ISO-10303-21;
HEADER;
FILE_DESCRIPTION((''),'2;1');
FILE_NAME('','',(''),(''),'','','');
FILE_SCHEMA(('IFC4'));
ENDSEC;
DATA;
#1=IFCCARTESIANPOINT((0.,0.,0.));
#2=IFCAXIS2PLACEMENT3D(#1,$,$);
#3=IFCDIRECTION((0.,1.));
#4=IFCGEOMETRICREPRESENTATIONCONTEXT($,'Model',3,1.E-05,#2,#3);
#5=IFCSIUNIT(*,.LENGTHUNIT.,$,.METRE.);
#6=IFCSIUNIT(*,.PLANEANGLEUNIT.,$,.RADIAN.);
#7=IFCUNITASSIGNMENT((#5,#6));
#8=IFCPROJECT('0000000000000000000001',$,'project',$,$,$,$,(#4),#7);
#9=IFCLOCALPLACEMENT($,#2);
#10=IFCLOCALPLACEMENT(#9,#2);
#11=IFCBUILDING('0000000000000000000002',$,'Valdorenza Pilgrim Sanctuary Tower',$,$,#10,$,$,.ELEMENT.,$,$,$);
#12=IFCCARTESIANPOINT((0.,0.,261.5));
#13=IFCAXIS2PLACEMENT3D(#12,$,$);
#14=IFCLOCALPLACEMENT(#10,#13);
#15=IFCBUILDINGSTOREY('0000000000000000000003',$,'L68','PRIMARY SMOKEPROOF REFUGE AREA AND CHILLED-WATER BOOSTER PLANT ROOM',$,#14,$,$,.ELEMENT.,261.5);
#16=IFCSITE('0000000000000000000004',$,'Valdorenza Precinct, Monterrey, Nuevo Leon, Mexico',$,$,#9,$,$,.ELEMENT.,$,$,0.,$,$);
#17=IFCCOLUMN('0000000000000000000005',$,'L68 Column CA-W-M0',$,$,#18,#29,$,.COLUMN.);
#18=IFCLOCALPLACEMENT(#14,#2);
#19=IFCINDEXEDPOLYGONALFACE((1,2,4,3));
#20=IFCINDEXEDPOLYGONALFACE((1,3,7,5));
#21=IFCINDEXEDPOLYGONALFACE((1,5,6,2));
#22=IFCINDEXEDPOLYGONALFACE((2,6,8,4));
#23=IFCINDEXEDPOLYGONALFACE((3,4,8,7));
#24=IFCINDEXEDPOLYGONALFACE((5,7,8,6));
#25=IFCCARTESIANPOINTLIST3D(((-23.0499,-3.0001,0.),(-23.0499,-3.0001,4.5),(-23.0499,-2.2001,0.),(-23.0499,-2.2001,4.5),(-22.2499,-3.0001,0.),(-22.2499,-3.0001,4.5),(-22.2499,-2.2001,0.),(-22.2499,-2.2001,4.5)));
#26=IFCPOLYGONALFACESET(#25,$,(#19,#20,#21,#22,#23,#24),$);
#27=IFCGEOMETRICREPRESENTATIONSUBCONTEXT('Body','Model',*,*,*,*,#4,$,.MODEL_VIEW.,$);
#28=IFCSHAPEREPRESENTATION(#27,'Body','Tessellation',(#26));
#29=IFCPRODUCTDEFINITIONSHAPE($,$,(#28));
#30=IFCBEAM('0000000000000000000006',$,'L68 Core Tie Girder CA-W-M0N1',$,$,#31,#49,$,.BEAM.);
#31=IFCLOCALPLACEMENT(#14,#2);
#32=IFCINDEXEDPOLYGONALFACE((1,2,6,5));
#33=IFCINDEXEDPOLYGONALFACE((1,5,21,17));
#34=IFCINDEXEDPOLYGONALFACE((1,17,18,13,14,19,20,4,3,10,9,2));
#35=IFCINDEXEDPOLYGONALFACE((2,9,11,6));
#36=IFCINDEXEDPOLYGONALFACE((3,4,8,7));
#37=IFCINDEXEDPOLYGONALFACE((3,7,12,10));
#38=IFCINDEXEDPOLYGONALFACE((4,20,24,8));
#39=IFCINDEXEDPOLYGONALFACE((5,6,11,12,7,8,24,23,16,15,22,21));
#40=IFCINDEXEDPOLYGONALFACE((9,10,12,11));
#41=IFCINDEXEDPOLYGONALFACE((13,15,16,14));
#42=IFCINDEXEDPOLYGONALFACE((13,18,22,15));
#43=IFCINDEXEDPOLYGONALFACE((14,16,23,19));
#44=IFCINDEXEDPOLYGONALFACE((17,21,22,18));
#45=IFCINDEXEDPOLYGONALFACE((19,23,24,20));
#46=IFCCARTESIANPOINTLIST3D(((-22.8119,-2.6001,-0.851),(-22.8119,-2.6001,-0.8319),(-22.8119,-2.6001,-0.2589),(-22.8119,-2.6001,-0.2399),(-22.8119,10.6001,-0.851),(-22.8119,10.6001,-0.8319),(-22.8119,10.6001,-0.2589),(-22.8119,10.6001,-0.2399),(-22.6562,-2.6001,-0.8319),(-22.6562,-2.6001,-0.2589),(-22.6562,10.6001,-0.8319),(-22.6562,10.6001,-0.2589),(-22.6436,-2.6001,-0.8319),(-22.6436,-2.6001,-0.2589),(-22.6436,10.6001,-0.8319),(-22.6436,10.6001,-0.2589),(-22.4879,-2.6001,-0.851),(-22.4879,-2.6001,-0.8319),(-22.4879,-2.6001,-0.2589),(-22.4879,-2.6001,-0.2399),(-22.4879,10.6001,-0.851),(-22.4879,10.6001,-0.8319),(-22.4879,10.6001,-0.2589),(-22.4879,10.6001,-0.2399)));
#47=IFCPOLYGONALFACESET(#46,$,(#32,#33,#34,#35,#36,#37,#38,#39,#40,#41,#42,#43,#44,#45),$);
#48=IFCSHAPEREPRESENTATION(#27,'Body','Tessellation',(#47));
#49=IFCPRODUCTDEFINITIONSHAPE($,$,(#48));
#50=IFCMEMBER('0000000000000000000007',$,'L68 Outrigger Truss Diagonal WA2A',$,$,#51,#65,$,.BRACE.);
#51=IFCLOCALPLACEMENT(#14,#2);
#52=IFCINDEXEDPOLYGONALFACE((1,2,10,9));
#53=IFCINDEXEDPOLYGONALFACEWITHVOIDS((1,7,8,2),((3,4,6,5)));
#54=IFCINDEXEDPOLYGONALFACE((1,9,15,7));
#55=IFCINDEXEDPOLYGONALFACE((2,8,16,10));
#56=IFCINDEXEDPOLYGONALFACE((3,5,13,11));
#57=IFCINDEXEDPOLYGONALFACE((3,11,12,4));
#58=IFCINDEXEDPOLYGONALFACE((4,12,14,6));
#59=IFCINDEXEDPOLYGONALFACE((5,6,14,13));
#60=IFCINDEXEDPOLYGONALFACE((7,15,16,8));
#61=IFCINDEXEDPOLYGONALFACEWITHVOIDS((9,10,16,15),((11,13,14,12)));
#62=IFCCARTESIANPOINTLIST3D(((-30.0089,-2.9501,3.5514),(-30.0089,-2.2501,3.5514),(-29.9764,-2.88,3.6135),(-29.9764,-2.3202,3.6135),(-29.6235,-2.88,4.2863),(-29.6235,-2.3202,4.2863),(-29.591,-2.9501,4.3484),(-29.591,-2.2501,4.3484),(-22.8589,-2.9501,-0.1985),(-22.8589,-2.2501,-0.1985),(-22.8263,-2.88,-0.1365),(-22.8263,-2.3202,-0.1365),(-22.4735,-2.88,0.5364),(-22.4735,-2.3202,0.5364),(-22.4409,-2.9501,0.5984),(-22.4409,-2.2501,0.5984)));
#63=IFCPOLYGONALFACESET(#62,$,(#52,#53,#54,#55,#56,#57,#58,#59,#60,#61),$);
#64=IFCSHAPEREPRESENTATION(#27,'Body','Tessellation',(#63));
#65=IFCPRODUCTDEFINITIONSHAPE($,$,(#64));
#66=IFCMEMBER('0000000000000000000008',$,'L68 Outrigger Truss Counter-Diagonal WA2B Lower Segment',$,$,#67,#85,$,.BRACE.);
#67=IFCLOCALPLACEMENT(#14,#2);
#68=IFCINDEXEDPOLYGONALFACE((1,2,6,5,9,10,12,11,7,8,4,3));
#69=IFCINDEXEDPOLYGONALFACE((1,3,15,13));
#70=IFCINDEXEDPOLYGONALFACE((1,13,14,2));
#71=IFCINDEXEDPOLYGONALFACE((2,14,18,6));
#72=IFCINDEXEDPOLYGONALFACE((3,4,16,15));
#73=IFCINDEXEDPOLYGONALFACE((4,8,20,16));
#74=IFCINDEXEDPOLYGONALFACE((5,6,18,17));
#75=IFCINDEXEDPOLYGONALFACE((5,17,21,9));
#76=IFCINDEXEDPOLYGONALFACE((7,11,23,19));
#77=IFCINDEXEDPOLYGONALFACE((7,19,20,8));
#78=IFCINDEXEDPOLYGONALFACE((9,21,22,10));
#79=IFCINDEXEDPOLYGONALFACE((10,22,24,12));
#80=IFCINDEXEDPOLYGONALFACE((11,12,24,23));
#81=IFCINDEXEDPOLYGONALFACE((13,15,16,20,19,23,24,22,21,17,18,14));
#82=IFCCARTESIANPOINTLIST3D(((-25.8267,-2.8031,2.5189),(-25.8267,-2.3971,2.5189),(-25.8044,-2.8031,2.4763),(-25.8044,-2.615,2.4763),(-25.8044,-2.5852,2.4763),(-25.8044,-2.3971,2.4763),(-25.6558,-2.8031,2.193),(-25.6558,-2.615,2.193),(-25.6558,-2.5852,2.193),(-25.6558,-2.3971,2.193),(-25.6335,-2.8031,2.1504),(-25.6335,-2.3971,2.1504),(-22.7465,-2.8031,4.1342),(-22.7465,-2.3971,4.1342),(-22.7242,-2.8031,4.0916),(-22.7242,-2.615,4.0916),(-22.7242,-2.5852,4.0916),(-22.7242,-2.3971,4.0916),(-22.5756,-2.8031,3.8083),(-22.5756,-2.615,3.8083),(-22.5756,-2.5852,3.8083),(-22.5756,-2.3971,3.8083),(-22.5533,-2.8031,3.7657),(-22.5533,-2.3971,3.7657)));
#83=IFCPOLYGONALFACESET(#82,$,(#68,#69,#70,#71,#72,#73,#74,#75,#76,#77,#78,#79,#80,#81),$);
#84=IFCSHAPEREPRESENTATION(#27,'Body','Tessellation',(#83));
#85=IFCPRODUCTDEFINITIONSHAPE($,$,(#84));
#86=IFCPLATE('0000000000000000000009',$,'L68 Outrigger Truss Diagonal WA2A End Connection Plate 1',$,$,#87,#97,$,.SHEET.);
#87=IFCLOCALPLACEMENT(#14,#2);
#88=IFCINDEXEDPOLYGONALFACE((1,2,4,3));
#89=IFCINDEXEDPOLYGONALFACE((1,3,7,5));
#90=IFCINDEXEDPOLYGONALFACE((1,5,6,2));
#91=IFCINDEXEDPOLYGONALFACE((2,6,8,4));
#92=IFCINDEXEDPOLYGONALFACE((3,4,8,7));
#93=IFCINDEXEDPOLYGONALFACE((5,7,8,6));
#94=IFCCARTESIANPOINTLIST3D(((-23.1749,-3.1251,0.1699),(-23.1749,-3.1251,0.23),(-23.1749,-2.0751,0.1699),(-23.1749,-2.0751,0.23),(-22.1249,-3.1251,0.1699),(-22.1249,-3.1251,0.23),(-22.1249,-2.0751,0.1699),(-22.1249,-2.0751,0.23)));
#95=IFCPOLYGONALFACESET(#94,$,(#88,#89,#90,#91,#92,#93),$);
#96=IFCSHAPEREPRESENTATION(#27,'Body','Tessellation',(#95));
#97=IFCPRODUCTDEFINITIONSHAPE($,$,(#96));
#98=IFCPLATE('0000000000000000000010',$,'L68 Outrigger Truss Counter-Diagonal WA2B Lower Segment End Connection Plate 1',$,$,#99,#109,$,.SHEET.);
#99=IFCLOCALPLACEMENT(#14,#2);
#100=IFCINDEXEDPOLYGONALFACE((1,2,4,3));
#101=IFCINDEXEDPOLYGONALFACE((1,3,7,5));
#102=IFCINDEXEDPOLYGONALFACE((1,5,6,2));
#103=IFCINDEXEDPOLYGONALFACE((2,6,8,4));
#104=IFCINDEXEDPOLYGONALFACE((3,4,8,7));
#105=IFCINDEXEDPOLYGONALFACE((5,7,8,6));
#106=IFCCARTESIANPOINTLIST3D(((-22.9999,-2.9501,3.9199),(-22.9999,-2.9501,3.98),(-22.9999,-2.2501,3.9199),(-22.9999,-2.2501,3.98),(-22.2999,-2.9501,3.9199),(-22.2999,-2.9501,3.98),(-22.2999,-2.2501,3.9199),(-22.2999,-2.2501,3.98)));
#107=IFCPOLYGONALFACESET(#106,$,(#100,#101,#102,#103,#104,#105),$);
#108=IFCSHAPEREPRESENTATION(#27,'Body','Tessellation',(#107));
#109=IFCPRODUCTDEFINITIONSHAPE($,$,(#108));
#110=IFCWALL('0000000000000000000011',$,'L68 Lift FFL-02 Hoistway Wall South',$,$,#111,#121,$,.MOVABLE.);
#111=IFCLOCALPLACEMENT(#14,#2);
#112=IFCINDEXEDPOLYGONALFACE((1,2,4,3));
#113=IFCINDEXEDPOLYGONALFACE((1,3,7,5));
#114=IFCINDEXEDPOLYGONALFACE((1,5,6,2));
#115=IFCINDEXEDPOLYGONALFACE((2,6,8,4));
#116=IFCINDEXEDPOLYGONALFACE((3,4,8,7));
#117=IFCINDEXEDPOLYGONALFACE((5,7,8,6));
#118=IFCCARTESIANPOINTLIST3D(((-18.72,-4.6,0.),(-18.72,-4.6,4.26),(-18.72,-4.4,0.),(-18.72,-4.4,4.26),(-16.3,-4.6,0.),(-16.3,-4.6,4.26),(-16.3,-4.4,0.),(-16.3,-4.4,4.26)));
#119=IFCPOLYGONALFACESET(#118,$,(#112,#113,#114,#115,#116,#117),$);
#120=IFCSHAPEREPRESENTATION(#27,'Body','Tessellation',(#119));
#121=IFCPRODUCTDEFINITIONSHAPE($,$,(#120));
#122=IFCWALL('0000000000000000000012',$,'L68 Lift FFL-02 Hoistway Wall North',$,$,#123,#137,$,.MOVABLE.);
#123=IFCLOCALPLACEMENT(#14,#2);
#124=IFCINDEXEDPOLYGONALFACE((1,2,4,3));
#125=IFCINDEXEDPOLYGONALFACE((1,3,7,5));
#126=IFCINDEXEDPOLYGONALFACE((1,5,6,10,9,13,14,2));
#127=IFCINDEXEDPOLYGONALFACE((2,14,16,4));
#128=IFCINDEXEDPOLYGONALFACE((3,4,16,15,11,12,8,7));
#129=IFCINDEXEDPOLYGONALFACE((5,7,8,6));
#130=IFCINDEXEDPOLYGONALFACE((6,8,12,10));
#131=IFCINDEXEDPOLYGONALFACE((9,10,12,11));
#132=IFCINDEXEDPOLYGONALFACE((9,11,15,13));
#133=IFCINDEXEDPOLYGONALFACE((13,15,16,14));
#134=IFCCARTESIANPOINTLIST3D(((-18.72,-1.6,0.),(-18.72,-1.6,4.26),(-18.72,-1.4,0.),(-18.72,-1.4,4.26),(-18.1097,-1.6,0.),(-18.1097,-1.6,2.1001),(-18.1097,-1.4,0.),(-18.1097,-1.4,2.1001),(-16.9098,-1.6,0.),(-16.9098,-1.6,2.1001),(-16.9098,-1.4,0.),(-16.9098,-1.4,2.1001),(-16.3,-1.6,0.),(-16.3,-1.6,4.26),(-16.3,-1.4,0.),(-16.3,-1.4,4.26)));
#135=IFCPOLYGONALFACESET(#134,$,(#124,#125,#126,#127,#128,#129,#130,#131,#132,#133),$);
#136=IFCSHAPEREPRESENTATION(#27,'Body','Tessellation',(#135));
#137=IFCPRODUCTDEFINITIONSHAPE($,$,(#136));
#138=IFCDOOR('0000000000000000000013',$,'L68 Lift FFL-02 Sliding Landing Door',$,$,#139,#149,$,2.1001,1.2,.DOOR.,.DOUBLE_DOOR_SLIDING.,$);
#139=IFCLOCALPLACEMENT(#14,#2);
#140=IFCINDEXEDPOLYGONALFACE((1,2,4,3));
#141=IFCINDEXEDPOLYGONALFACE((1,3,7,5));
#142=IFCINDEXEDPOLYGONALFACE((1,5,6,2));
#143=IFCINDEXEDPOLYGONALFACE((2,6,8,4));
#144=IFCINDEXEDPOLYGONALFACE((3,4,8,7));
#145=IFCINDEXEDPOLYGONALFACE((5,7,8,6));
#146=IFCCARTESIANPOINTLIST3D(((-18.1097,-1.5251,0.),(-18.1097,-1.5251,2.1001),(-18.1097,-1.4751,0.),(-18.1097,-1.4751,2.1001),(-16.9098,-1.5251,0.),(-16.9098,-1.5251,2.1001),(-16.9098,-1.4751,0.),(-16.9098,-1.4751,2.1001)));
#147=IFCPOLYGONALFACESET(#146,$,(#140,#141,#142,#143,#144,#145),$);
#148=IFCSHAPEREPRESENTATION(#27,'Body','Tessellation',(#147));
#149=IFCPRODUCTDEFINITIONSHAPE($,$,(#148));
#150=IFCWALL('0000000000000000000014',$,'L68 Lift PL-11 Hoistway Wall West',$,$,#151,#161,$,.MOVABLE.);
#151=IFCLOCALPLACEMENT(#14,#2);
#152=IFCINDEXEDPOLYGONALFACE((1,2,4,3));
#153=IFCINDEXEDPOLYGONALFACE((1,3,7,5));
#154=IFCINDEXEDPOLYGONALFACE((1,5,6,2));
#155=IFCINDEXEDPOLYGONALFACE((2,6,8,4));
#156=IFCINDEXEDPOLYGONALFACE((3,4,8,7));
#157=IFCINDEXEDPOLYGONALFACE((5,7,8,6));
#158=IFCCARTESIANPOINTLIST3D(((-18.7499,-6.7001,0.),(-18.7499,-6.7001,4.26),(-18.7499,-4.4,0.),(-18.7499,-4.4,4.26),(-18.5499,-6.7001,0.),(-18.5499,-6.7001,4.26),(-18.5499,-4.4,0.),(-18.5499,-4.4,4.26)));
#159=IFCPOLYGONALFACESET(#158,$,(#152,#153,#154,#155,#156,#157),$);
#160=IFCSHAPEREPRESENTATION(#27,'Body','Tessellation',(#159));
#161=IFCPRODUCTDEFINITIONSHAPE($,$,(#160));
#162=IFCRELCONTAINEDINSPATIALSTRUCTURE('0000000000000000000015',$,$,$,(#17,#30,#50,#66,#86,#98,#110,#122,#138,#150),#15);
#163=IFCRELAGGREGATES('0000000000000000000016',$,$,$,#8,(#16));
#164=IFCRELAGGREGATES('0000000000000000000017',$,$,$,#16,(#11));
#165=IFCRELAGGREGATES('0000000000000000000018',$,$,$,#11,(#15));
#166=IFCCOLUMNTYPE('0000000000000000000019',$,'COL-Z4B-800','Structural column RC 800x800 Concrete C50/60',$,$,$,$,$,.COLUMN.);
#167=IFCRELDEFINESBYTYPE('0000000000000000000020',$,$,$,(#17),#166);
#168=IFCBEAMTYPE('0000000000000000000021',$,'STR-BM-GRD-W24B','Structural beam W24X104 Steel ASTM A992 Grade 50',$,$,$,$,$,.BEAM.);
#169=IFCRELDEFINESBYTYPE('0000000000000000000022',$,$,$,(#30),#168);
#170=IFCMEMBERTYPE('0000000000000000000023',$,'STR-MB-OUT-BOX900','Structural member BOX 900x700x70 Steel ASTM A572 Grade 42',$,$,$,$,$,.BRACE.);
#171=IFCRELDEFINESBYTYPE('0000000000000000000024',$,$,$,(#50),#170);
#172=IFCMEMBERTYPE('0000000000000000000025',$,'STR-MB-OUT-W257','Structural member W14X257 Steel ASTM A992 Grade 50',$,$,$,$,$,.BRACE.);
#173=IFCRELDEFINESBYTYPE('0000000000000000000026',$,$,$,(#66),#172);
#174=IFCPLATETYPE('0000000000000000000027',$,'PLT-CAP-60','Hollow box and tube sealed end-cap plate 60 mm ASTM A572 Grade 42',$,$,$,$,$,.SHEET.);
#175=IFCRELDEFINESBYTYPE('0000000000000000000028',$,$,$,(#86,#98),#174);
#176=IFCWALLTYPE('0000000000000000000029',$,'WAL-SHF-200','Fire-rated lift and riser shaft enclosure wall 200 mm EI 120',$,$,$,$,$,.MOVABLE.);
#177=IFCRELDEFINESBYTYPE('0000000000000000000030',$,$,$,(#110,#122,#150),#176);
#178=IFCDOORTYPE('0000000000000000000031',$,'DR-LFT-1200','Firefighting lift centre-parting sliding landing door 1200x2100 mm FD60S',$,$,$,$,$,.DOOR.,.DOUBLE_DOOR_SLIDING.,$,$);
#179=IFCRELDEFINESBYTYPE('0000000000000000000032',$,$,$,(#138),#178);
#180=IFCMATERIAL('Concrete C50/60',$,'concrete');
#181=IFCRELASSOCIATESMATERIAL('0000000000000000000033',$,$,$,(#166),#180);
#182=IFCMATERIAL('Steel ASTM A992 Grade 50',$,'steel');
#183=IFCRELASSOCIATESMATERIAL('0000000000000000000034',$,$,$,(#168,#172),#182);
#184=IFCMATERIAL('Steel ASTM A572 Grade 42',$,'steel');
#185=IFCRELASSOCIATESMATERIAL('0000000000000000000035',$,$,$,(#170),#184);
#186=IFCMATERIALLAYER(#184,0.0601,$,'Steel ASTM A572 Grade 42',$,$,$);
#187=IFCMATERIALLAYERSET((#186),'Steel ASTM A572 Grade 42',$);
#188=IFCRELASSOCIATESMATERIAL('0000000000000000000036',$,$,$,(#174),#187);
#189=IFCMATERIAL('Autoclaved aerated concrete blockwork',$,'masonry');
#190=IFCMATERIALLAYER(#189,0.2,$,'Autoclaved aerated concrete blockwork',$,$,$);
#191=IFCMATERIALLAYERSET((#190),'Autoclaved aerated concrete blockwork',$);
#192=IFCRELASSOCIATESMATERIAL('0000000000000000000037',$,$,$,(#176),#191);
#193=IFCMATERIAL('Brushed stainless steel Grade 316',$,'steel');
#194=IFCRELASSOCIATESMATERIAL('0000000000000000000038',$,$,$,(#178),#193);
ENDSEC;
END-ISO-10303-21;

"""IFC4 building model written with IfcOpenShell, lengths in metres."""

from ifc_helpers import new_model, si_unit, direction, frame, frame_2d, origin, origin_2d, place, context, subcontext, project, spatial, rectangle, hollow_rectangle, i_section, extrude, source, transform, mapped, material, layer, layer_set, material_profile, profile_set, type_object, element, fill, save


model = new_model("IFC4")

# Units and contexts
model_context = context("Model", 3, precision=1e-05, world=origin(), true_north=direction((0.0, 1.0)))
body_context = subcontext(model_context, "Body", "Model", "MODEL_VIEW")
ifc_project = project(units=[si_unit("LENGTHUNIT", "METRE"), si_unit("PLANEANGLEUNIT", "RADIAN")], contexts=[model_context])

# Site, building, storey
site_placement = place(None, origin())
site = spatial("IfcSite", under=ifc_project, at=site_placement, Name="Valdorenza Precinct, Monterrey, Nuevo Leon, Mexico", CompositionType="ELEMENT", RefElevation=0.0)
building_placement = place(site_placement, origin())
building = spatial("IfcBuilding", under=site, at=building_placement, Name="Valdorenza Pilgrim Sanctuary Tower", CompositionType="ELEMENT")
storey_placement = place(building_placement, frame((0.0, 0.0, 261.5)))
storey = spatial("IfcBuildingStorey", under=building, at=storey_placement, Name="L68", Description="PRIMARY SMOKEPROOF REFUGE AREA AND CHILLED-WATER BOOSTER PLANT ROOM", CompositionType="ELEMENT", Elevation=261.5)

# Column
ifc_material_1 = material(Name="Concrete C50/60", Category="concrete")
ifc_material_profile_1 = material_profile(ifc_material_1, rectangle(XDim=0.8, YDim=0.8, at=origin_2d()), Name="RC 800x800")
ifc_profile_set_1 = profile_set([ifc_material_profile_1], Name="Concrete C50/60")
column_type = type_object("IfcColumnType", Name="COL-Z4B-800", Description="Structural column RC 800x800 Concrete C50/60", PredefinedType="COLUMN", material=ifc_profile_set_1)
shared_shape_1 = source(origin(), body_context, "Body", "SweptSolid", [
    extrude(rectangle(XDim=0.8, YDim=0.8, at=origin_2d()), origin(), (0.0, 0.0, 1.0), 4.5),
])
column_placement = place(storey_placement, frame((-22.6499, -2.6001, 0.0), z_axis=(0.0, 0.0, 1.0), x_axis=(1.0, 0.0, 0.0)))
element("IfcColumn", 1, at=column_placement, inside=storey, type_object=column_type, Name="L68 Column CA-W-M0", PredefinedType="COLUMN", context=body_context, shape_type="MappedRepresentation", body=[
    mapped(shared_shape_1, transform((0.0, 0.0, 0.0), x_axis=(1.0, 0.0, 0.0), y_axis=(0.0, 1.0, 0.0), z_axis=(0.0, 0.0, 1.0), scale=1.0)),
])

# Beam
ifc_material_2 = material(Name="Steel ASTM A992 Grade 50", Category="steel")
ifc_material_profile_2 = material_profile(ifc_material_2, i_section(OverallWidth=0.324, OverallDepth=0.6111, WebThickness=0.0127, FlangeThickness=0.019, at=origin_2d()), Name="W24X104")
ifc_profile_set_2 = profile_set([ifc_material_profile_2], Name="Steel ASTM A992 Grade 50")
beam_type = type_object("IfcBeamType", Name="STR-BM-GRD-W24B", Description="Structural beam W24X104 Steel ASTM A992 Grade 50", PredefinedType="BEAM", material=ifc_profile_set_2)
shared_shape_2 = source(origin(), body_context, "Body", "SweptSolid", [
    extrude(i_section(OverallWidth=0.324, OverallDepth=0.6111, WebThickness=0.0127, FlangeThickness=0.019, at=origin_2d()), origin(), (0.0, 0.0, 1.0), 13.2002),
])
beam_placement = place(storey_placement, frame((-22.6499, -2.6001, -0.5454), z_axis=(0.0, 1.0, 0.0), x_axis=(-1.0, 0.0, 0.0)))
element("IfcBeam", 2, at=beam_placement, inside=storey, type_object=beam_type, Name="L68 Core Tie Girder CA-W-M0N1", PredefinedType="BEAM", context=body_context, shape_type="MappedRepresentation", body=[
    mapped(shared_shape_2, transform((0.0, 0.0, 0.0), x_axis=(1.0, 0.0, 0.0), y_axis=(0.0, 1.0, 0.0), z_axis=(0.0, 0.0, 1.0), scale=1.0)),
])

# Members
ifc_material_3 = material(Name="Steel ASTM A572 Grade 42", Category="steel")
ifc_material_profile_3 = material_profile(ifc_material_3, hollow_rectangle(XDim=0.7, YDim=0.8999, WallThickness=0.0701, at=origin_2d()), Name="BOX 900x700x70")
ifc_profile_set_3 = profile_set([ifc_material_profile_3], Name="Steel ASTM A572 Grade 42")
member_type_1 = type_object("IfcMemberType", Name="STR-MB-OUT-BOX900", Description="Structural member BOX 900x700x70 Steel ASTM A572 Grade 42", PredefinedType="BRACE", material=ifc_profile_set_3)
shared_shape_3 = source(origin(), body_context, "Body", "SweptSolid", [
    extrude(hollow_rectangle(XDim=0.7, YDim=0.8999, WallThickness=0.0701, at=origin_2d()), origin(), (0.0, 0.0, 1.0), 8.0737),
])
member_1_placement = place(storey_placement, frame((-22.6499, -2.6001, 0.2), z_axis=(-0.885593, 0.0, 0.464462), x_axis=(0.0, -1.0, 0.0)))
element("IfcMember", 3, at=member_1_placement, inside=storey, type_object=member_type_1, Name="L68 Outrigger Truss Diagonal WA2A", PredefinedType="BRACE", context=body_context, shape_type="MappedRepresentation", body=[
    mapped(shared_shape_3, transform((0.0, 0.0, 0.0), x_axis=(1.0, 0.0, 0.0), y_axis=(0.0, 1.0, 0.0), z_axis=(0.0, 0.0, 1.0), scale=1.0)),
])
ifc_material_profile_4 = material_profile(ifc_material_2, i_section(OverallWidth=0.406, OverallDepth=0.416, WebThickness=0.0298, FlangeThickness=0.0481, at=origin_2d()), Name="W14X257")
ifc_profile_set_4 = profile_set([ifc_material_profile_4], Name="Steel ASTM A992 Grade 50")
member_type_2 = type_object("IfcMemberType", Name="STR-MB-OUT-W257", Description="Structural member W14X257 Steel ASTM A992 Grade 50", PredefinedType="BRACE", material=ifc_profile_set_4)
shared_shape_4 = source(origin(), body_context, "Body", "SweptSolid", [
    extrude(i_section(OverallWidth=0.406, OverallDepth=0.416, WebThickness=0.0298, FlangeThickness=0.0481, at=origin_2d()), origin(), (0.0, 0.0, 1.0), 3.478),
])
member_2_placement = place(storey_placement, frame((-22.6499, -2.6001, 3.95), z_axis=(-0.885612, 0.0, -0.464427), x_axis=(0.0, -1.0, 0.0)))
element("IfcMember", 4, at=member_2_placement, inside=storey, type_object=member_type_2, Name="L68 Outrigger Truss Counter-Diagonal WA2B Lower Segment", PredefinedType="BRACE", context=body_context, shape_type="MappedRepresentation", body=[
    mapped(shared_shape_4, transform((0.0, 0.0, 0.0), x_axis=(1.0, 0.0, 0.0), y_axis=(0.0, 1.0, 0.0), z_axis=(0.0, 0.0, 1.0), scale=1.0)),
])

# Plates
ifc_layer_1 = layer(ifc_material_3, 0.0601, Name="Steel ASTM A572 Grade 42")
ifc_layer_set_1 = layer_set([ifc_layer_1], Name="Steel ASTM A572 Grade 42")
plate_type = type_object("IfcPlateType", Name="PLT-CAP-60", Description="Hollow box and tube sealed end-cap plate 60 mm ASTM A572 Grade 42", PredefinedType="SHEET", material=ifc_layer_set_1)
shared_shape_5 = source(origin(), body_context, "Body", "SweptSolid", [
    extrude(rectangle(XDim=1.05, YDim=1.05, at=origin_2d()), origin(), (0.0, 0.0, 1.0), 0.0601),
])
plate_1_placement = place(storey_placement, frame((-22.6499, -2.6001, 0.1699), z_axis=(0.0, 0.0, 1.0), x_axis=(1.0, 0.0, 0.0)))
element("IfcPlate", 5, at=plate_1_placement, inside=storey, type_object=plate_type, Name="L68 Outrigger Truss Diagonal WA2A End Connection Plate 1", PredefinedType="SHEET", context=body_context, shape_type="MappedRepresentation", body=[
    mapped(shared_shape_5, transform((0.0, 0.0, 0.0), x_axis=(1.0, 0.0, 0.0), y_axis=(0.0, 1.0, 0.0), z_axis=(0.0, 0.0, 1.0), scale=1.0)),
])
shared_shape_6 = source(origin(), body_context, "Body", "SweptSolid", [
    extrude(rectangle(XDim=0.7, YDim=0.7, at=origin_2d()), origin(), (0.0, 0.0, 1.0), 0.0601),
])
plate_2_placement = place(storey_placement, frame((-22.6499, -2.6001, 3.9199), z_axis=(0.0, 0.0, 1.0), x_axis=(1.0, 0.0, 0.0)))
element("IfcPlate", 6, at=plate_2_placement, inside=storey, type_object=plate_type, Name="L68 Outrigger Truss Counter-Diagonal WA2B Lower Segment End Connection Plate 1", PredefinedType="SHEET", context=body_context, shape_type="MappedRepresentation", body=[
    mapped(shared_shape_6, transform((0.0, 0.0, 0.0), x_axis=(1.0, 0.0, 0.0), y_axis=(0.0, 1.0, 0.0), z_axis=(0.0, 0.0, 1.0), scale=1.0)),
])

# Wall
ifc_material_4 = material(Name="Autoclaved aerated concrete blockwork", Category="masonry")
ifc_layer_2 = layer(ifc_material_4, 0.2, Name="Autoclaved aerated concrete blockwork")
ifc_layer_set_2 = layer_set([ifc_layer_2], Name="Autoclaved aerated concrete blockwork")
wall_type_1 = type_object("IfcWallType", Name="WAL-SHF-200", Description="Fire-rated lift and riser shaft enclosure wall 200 mm EI 120", PredefinedType="MOVABLE", material=ifc_layer_set_2)
wall_1_placement = place(storey_placement, frame((-18.72, -4.5, 0.0), z_axis=(0.0, 0.0, 1.0), x_axis=(1.0, 0.0, 0.0)))
element("IfcWall", 7, at=wall_1_placement, inside=storey, type_object=wall_type_1, Name="L68 Lift FFL-02 Hoistway Wall South", PredefinedType="MOVABLE", context=body_context, shape_type="SweptSolid", body=[
    extrude(rectangle(XDim=2.4199, YDim=0.2, at=frame_2d((1.21, 0.0))), origin(), (0.0, 0.0, 1.0), 4.26),
])

# Wall, opening, door
wall_2_placement = place(storey_placement, frame((-18.72, -1.5, 0.0), z_axis=(0.0, 0.0, 1.0), x_axis=(1.0, 0.0, 0.0)))
wall_2 = element("IfcWall", 8, at=wall_2_placement, inside=storey, type_object=wall_type_1, Name="L68 Lift FFL-02 Hoistway Wall North", PredefinedType="MOVABLE", context=body_context, shape_type="SweptSolid", body=[
    extrude(rectangle(XDim=2.4199, YDim=0.2, at=frame_2d((1.21, 0.0))), origin(), (0.0, 0.0, 1.0), 4.26),
])
opening_1_placement = place(wall_2_placement, frame((0.6101, 0.0, 0.0)))
opening_1 = element("IfcOpeningElement", 9, at=opening_1_placement, cuts=wall_2, PredefinedType="OPENING", context=body_context, shape_type="SweptSolid", body=[
    extrude(rectangle(XDim=1.2, YDim=2.1001, at=frame_2d((0.6001, 1.05))), frame((0.0, 0.1147, 0.0), z_axis=(0.0, -1.0, 0.0), x_axis=(1.0, 0.0, 0.0)), (0.0, 0.0, 1.0), 0.2297),
])
ifc_material_5 = material(Name="Brushed stainless steel Grade 316", Category="steel")
door_type_1 = type_object("IfcDoorType", Name="DR-LFT-1200", Description="Firefighting lift centre-parting sliding landing door 1200x2100 mm FD60S", OperationType="DOUBLE_DOOR_SLIDING", PredefinedType="DOOR", material=ifc_material_5)
door_1_placement = place(opening_1_placement, origin())
door_1 = element("IfcDoor", 10, at=door_1_placement, inside=storey, type_object=door_type_1, Name="L68 Lift FFL-02 Sliding Landing Door", OperationType="DOUBLE_DOOR_SLIDING", OverallHeight=2.1001, OverallWidth=1.2, PredefinedType="DOOR", context=body_context, shape_type="SweptSolid", body=[
    extrude(rectangle(XDim=1.2, YDim=2.1001, at=frame_2d((0.6001, 1.05))), frame((0.0, 0.0249, 0.0), z_axis=(0.0, -1.0, 0.0), x_axis=(1.0, 0.0, 0.0)), (0.0, 0.0, 1.0), 0.05),
])
fill(opening_1, door_1)

# Wall
for number, where, z_axis, x_axis, name in (
    (11, (-18.6499, -6.7, 0.0), (0.0, 0.0, 1.0), (0.0, 1.0, 0.0), "L68 Lift PL-11 Hoistway Wall West"),
):
    element("IfcWall", number, at=place(storey_placement, frame(where, z_axis=z_axis, x_axis=x_axis)), inside=storey, type_object=wall_type_1, Name=name, PredefinedType="MOVABLE", context=body_context, shape_type="SweptSolid", body=[
        extrude(rectangle(XDim=2.3, YDim=0.2, at=frame_2d((1.1499, 0.0))), origin(), (0.0, 0.0, 1.0), 4.26),
    ])

save(model, "model.ifc")
